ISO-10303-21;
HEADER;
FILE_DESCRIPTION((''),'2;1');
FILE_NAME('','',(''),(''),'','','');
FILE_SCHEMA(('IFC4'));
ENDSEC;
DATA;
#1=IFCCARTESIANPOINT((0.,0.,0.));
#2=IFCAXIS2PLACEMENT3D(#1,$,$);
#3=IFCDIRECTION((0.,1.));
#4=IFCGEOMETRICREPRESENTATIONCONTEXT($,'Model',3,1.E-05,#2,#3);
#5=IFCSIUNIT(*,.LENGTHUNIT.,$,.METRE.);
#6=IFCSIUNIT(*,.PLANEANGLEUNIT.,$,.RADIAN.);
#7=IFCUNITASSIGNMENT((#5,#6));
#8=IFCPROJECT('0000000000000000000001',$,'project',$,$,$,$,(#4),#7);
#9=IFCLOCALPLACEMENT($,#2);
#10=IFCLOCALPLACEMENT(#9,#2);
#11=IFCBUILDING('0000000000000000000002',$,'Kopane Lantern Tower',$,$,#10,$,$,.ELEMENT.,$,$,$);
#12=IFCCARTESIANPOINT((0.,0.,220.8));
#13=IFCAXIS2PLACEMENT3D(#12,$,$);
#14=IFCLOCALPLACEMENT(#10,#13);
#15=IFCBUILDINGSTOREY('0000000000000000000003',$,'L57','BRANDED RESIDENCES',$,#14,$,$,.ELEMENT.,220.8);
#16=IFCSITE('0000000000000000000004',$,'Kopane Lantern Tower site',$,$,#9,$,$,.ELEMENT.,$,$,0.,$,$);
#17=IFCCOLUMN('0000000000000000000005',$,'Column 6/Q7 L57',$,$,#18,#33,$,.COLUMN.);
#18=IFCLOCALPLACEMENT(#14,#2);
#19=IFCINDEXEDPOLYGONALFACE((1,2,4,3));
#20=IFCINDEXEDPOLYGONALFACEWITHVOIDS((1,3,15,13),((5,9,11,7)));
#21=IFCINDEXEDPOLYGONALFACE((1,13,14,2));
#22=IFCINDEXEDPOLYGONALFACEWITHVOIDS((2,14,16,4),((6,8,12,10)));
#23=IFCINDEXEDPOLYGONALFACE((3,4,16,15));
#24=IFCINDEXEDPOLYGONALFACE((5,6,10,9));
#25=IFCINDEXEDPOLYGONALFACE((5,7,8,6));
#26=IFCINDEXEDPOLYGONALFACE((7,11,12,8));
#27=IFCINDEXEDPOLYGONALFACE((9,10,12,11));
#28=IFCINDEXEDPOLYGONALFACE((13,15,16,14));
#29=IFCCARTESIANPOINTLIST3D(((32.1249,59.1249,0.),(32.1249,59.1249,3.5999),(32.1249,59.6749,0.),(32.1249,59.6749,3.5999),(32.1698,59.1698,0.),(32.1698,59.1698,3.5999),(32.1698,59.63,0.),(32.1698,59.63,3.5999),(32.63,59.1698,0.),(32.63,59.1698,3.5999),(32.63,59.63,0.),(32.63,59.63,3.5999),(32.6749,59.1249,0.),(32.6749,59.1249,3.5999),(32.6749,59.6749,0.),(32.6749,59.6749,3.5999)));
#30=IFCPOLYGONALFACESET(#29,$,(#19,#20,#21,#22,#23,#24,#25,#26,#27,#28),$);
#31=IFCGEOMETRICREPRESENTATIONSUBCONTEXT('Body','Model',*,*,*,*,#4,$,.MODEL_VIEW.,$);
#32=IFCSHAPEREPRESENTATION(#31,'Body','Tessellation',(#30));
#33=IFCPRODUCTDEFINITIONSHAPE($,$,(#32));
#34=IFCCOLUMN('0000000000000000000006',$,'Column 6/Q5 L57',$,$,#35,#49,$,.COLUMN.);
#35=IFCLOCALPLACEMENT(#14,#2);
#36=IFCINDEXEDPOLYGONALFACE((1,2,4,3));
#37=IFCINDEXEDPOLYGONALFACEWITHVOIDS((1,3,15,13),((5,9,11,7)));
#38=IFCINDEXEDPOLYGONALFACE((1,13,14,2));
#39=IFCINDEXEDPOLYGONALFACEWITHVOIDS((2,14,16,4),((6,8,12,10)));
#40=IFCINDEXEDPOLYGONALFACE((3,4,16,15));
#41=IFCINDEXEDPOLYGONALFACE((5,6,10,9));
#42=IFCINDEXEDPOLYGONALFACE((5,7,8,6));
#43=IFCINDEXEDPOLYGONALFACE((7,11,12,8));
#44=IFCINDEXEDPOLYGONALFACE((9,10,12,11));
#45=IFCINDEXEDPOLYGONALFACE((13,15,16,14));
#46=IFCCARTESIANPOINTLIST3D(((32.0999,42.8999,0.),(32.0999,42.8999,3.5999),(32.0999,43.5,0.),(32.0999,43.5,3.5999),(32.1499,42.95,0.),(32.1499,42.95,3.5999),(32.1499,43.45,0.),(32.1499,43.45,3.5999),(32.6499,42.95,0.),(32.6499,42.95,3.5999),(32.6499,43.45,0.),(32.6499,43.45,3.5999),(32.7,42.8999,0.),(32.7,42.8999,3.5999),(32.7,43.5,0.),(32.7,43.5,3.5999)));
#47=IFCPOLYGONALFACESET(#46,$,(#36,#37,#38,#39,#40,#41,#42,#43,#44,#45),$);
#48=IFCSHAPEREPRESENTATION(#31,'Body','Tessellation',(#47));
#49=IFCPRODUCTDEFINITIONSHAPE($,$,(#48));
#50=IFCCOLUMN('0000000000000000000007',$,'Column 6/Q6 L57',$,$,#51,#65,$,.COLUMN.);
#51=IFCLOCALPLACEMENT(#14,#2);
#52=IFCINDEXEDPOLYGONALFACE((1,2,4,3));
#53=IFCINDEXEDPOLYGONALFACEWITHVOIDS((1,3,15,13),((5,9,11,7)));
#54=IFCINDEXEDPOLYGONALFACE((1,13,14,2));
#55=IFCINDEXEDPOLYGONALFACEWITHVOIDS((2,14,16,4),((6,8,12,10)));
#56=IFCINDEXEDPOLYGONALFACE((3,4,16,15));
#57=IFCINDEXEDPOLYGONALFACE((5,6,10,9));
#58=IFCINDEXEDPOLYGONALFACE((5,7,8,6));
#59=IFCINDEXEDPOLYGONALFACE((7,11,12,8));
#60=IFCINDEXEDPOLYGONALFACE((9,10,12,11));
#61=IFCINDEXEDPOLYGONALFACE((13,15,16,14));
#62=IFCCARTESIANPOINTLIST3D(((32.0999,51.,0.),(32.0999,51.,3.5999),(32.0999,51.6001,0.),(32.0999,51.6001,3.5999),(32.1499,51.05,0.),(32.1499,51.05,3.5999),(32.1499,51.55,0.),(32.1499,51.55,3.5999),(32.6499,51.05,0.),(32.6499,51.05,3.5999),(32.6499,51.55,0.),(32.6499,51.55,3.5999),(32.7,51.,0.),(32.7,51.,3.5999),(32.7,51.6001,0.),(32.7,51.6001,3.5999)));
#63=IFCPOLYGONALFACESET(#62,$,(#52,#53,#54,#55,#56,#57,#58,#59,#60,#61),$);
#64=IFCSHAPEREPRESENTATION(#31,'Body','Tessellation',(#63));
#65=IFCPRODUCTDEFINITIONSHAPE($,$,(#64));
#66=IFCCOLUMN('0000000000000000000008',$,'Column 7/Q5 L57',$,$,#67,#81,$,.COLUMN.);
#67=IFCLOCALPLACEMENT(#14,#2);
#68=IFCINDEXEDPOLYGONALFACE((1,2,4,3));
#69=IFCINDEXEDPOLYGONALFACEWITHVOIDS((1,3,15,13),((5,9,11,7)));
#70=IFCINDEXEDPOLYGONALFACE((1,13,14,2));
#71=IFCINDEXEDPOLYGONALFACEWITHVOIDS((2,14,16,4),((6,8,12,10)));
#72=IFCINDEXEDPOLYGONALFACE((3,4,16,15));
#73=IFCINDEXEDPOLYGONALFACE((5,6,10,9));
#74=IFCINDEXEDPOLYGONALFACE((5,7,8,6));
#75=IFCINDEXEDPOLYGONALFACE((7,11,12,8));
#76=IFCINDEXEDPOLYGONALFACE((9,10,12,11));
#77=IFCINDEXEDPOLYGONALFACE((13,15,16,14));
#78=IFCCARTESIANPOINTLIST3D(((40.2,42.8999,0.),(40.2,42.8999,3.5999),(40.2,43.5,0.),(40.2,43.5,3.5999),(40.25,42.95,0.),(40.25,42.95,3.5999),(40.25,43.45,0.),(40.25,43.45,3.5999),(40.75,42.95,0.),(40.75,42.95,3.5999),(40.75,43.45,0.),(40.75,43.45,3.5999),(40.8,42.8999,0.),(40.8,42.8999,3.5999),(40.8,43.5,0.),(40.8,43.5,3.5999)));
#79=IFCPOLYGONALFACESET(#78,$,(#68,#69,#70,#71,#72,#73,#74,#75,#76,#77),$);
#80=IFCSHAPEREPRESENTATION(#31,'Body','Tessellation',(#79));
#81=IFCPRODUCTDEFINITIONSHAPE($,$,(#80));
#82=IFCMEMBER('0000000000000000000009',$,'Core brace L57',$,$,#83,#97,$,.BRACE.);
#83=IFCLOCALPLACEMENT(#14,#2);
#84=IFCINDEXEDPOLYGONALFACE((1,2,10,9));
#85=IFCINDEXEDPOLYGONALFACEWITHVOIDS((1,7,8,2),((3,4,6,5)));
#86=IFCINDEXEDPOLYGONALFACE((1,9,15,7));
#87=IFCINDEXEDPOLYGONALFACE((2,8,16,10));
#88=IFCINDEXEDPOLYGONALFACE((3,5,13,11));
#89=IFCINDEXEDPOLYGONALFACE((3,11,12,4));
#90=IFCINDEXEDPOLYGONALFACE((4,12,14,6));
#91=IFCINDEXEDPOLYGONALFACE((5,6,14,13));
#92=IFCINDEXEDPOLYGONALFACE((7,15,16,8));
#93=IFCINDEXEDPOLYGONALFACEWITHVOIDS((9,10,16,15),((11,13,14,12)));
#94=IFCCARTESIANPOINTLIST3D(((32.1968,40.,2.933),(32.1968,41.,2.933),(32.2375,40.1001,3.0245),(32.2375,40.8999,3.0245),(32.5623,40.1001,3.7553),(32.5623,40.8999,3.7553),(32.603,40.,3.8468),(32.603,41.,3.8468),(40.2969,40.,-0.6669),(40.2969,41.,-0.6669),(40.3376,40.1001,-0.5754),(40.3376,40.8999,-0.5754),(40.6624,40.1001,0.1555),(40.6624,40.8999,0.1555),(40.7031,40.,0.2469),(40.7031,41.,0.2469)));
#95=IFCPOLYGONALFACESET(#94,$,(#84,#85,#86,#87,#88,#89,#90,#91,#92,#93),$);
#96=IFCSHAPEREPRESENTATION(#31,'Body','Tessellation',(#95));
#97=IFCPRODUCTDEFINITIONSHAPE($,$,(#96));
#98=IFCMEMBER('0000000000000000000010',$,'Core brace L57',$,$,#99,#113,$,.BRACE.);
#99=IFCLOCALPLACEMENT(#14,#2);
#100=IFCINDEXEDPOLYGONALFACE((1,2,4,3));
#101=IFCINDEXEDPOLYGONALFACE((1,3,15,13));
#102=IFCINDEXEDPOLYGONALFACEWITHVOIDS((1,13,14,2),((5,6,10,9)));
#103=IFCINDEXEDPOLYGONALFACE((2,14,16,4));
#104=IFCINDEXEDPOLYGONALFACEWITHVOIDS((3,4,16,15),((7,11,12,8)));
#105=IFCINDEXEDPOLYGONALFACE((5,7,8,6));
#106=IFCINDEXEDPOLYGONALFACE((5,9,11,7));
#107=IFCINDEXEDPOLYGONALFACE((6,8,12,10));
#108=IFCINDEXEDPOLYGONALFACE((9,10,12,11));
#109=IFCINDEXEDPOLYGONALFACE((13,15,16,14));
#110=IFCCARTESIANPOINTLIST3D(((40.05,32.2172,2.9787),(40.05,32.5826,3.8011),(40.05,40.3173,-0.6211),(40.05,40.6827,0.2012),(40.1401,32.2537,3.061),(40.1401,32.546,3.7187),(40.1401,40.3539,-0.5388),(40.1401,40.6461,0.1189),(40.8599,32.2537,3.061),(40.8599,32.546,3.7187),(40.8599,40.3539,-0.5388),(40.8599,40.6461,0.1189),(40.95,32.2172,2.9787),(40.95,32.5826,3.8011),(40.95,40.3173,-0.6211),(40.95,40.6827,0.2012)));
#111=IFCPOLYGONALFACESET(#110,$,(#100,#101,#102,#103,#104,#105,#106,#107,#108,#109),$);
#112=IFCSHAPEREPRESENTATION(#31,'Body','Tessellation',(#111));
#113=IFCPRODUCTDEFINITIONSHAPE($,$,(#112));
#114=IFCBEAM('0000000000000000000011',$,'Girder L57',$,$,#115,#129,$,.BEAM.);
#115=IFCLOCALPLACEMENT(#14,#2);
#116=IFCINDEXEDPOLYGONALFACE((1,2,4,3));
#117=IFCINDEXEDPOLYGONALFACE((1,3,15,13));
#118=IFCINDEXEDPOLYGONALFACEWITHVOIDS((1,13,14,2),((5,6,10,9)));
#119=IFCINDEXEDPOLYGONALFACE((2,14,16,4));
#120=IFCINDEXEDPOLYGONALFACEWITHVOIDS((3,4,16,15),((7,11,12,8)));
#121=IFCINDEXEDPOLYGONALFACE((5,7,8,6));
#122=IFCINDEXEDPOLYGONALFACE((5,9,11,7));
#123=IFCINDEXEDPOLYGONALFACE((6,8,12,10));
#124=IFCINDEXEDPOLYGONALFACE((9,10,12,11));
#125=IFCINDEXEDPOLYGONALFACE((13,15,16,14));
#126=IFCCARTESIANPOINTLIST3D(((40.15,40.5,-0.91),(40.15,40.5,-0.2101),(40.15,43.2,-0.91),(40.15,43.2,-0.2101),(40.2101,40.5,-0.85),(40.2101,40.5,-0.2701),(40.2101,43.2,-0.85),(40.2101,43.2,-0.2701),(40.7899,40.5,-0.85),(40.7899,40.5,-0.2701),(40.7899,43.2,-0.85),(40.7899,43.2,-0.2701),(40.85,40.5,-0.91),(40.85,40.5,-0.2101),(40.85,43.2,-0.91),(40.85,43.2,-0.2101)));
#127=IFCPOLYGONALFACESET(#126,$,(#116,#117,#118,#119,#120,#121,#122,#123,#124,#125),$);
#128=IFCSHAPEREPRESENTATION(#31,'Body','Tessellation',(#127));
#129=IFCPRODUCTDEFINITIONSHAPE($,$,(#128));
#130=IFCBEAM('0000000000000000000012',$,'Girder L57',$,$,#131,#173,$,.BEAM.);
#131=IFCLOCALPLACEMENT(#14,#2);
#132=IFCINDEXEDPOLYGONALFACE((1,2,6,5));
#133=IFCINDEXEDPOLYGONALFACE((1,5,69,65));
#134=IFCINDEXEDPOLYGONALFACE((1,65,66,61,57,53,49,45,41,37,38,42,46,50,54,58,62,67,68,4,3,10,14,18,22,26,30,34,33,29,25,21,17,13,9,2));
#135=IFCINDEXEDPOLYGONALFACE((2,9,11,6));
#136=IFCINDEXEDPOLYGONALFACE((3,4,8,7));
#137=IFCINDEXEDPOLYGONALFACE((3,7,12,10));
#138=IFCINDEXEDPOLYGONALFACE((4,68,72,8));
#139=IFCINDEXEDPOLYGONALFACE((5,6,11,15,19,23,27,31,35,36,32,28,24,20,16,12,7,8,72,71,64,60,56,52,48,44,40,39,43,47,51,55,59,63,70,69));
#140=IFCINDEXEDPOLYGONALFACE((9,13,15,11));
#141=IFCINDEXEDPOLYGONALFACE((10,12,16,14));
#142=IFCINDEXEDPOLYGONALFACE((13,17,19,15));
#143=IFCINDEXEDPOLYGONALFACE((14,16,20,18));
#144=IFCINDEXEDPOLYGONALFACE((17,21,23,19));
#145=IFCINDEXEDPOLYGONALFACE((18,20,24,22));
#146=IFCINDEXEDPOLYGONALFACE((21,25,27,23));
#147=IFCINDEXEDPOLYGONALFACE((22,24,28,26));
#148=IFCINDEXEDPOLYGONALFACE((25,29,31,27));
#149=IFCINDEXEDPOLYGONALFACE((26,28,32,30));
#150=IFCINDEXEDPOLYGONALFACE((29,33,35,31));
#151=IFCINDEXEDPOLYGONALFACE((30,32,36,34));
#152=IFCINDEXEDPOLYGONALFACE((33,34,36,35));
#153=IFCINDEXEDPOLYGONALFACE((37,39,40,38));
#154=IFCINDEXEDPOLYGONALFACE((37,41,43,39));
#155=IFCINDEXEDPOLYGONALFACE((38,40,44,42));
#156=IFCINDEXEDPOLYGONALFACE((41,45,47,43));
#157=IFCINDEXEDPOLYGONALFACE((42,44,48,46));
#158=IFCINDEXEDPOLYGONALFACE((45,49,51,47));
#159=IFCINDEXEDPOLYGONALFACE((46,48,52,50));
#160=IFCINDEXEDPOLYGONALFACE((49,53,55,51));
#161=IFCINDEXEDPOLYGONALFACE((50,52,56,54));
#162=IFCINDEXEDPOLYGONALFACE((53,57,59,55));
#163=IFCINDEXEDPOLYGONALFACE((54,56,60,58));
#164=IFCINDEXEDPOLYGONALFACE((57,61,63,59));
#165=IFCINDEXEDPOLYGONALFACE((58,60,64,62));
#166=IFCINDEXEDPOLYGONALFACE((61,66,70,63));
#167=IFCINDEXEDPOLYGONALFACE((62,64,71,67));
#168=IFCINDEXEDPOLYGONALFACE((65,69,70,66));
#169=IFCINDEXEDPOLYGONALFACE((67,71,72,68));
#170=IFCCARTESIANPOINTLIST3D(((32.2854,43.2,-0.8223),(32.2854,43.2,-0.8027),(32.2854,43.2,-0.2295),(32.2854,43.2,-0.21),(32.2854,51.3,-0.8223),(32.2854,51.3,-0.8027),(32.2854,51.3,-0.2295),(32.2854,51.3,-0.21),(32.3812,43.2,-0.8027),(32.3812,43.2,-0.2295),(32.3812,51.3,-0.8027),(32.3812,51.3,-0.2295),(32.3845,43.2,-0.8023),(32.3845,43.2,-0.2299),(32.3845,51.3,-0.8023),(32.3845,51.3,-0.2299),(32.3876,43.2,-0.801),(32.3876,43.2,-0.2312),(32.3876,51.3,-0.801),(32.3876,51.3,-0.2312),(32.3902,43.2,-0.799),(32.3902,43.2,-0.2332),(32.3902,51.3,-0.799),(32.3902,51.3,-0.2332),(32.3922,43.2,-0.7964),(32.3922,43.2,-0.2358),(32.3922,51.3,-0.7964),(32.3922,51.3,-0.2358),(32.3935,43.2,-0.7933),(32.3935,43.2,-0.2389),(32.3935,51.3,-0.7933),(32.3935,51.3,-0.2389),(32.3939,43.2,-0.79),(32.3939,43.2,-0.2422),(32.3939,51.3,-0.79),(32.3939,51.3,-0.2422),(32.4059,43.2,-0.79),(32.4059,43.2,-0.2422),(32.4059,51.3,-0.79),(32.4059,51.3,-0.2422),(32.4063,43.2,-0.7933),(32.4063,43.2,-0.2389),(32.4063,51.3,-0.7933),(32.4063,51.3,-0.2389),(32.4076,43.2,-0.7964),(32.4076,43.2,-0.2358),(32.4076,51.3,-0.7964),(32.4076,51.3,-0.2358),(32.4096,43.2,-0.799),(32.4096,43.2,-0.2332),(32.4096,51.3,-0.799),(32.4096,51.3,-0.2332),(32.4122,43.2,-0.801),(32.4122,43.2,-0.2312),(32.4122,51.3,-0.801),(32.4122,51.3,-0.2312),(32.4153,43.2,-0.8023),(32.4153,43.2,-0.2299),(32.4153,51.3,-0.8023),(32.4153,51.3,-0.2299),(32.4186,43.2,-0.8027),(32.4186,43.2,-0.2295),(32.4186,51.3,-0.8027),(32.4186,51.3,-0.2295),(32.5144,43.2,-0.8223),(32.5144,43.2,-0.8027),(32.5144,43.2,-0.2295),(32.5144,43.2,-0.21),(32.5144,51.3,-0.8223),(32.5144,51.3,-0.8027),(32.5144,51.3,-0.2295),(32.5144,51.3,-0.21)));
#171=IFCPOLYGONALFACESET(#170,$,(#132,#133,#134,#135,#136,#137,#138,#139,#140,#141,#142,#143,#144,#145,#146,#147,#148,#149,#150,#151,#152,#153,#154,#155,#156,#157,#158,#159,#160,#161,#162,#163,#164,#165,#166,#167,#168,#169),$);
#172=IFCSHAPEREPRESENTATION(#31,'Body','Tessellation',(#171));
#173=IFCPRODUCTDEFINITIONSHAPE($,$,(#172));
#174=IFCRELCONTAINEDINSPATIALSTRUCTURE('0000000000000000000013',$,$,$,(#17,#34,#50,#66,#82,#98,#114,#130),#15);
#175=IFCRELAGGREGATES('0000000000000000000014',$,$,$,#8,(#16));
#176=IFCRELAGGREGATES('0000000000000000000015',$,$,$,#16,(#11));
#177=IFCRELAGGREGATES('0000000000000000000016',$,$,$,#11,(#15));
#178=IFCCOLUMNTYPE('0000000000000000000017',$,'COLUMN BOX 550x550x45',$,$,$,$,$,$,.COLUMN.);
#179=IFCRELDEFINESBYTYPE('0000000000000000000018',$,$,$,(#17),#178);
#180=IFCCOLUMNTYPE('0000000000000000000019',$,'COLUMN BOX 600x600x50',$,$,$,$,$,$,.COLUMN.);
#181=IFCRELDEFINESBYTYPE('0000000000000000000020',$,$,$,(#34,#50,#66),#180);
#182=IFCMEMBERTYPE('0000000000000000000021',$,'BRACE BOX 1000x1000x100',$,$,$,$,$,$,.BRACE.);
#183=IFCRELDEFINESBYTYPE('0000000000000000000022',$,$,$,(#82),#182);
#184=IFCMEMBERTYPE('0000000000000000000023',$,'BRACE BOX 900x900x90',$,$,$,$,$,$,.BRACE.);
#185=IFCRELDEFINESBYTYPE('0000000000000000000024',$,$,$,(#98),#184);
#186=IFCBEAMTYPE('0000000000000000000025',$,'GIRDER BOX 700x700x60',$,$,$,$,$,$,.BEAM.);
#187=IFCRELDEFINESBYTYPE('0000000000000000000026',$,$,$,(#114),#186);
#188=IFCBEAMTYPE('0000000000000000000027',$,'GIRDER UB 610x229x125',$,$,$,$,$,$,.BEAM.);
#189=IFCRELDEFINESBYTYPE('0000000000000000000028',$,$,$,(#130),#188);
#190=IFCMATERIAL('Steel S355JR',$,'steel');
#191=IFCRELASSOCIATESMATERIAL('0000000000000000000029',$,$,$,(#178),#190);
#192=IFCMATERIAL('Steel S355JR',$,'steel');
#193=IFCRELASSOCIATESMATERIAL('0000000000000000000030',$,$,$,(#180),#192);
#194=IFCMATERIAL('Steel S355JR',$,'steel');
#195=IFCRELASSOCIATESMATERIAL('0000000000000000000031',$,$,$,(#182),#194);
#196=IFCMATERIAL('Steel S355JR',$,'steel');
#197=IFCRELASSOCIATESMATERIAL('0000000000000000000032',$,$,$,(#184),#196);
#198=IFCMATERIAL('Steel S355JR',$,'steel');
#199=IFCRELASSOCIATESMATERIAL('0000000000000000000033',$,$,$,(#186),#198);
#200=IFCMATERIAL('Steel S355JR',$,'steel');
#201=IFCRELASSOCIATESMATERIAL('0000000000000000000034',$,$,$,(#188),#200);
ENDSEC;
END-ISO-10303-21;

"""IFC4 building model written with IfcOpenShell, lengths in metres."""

from ifc_helpers import new_model, si_unit, direction, frame, origin, origin_2d, place, context, subcontext, project, spatial, hollow_rectangle, i_section, extrude, material, material_profile, profile_set, type_object, element, save


model = new_model("IFC4")

# Units and contexts
model_context = context("Model", 3, precision=1e-05, world=origin(), true_north=direction((0.0, 1.0)))
body_context = subcontext(model_context, "Body", "Model", "MODEL_VIEW")
ifc_project = project(units=[si_unit("LENGTHUNIT", "METRE"), si_unit("PLANEANGLEUNIT", "RADIAN")], contexts=[model_context])

# Site, building, storey
site_placement = place(None, origin())
site = spatial("IfcSite", under=ifc_project, at=site_placement, Name="Kopane Lantern Tower site", CompositionType="ELEMENT", RefElevation=0.0)
building_placement = place(site_placement, origin())
building = spatial("IfcBuilding", under=site, at=building_placement, Name="Kopane Lantern Tower", CompositionType="ELEMENT")
storey_placement = place(building_placement, frame((0.0, 0.0, 220.8)))
storey = spatial("IfcBuildingStorey", under=building, at=storey_placement, Name="L57", Description="BRANDED RESIDENCES", CompositionType="ELEMENT", Elevation=220.8)

# Columns
ifc_material_1 = material(Name="Steel S355JR", Category="steel")
ifc_material_profile_1 = material_profile(ifc_material_1, hollow_rectangle(XDim=0.55, YDim=0.55, WallThickness=0.0449, at=origin_2d()), Name="BOX 550x550x45")
ifc_profile_set_1 = profile_set([ifc_material_profile_1], Name="Steel S355JR")
column_type_1 = type_object("IfcColumnType", Name="COLUMN BOX 550x550x45", PredefinedType="COLUMN", material=ifc_profile_set_1)
column_placement = place(storey_placement, frame((32.3999, 59.3999, 0.0), z_axis=(0.0, 0.0, 1.0), x_axis=(1.0, 0.0, 0.0)))
element("IfcColumn", 1, at=column_placement, inside=storey, type_object=column_type_1, Name="Column 6/Q7 L57", PredefinedType="COLUMN", context=body_context, shape_type="SweptSolid", body=[
    extrude(hollow_rectangle(XDim=0.55, YDim=0.55, WallThickness=0.0449, at=origin_2d()), origin(), (0.0, 0.0, 1.0), 3.5999),
])
ifc_material_2 = material(Name="Steel S355JR", Category="steel")
ifc_material_profile_2 = material_profile(ifc_material_2, hollow_rectangle(XDim=0.6001, YDim=0.6001, WallThickness=0.05, at=origin_2d()), Name="BOX 600x600x50")
ifc_profile_set_2 = profile_set([ifc_material_profile_2], Name="Steel S355JR")
column_type_2 = type_object("IfcColumnType", Name="COLUMN BOX 600x600x50", PredefinedType="COLUMN", material=ifc_profile_set_2)
for number, where, z_axis, x_axis, name in (
    (2, (32.3999, 43.2, 0.0), (0.0, 0.0, 1.0), (1.0, 0.0, 0.0), "Column 6/Q5 L57"),
    (3, (32.3999, 51.3, 0.0), (0.0, 0.0, 1.0), (1.0, 0.0, 0.0), "Column 6/Q6 L57"),
    (4, (40.5, 43.2, 0.0), (0.0, 0.0, 1.0), (1.0, 0.0, 0.0), "Column 7/Q5 L57"),
):
    element("IfcColumn", number, at=place(storey_placement, frame(where, z_axis=z_axis, x_axis=x_axis)), inside=storey, type_object=column_type_2, Name=name, PredefinedType="COLUMN", context=body_context, shape_type="SweptSolid", body=[
        extrude(hollow_rectangle(XDim=0.6001, YDim=0.6001, WallThickness=0.05, at=origin_2d()), origin(), (0.0, 0.0, 1.0), 3.5999),
    ])

# Members
ifc_material_3 = material(Name="Steel S355JR", Category="steel")
ifc_material_profile_3 = material_profile(ifc_material_3, hollow_rectangle(XDim=1.0, YDim=1.0, WallThickness=0.1001, at=origin_2d()), Name="BOX 1000x1000x100")
ifc_profile_set_3 = profile_set([ifc_material_profile_3], Name="Steel S355JR")
member_type_1 = type_object("IfcMemberType", Name="BRACE BOX 1000x1000x100", PredefinedType="BRACE", material=ifc_profile_set_3)
member_1_placement = place(storey_placement, frame((40.5, 40.5, -0.21), z_axis=(-0.913819, 0.0, 0.406121), x_axis=(0.0, -1.0, 0.0)))
element("IfcMember", 5, at=member_1_placement, inside=storey, type_object=member_type_1, Name="Core brace L57", PredefinedType="BRACE", context=body_context, shape_type="SweptSolid", body=[
    extrude(hollow_rectangle(XDim=1.0, YDim=1.0, WallThickness=0.1001, at=origin_2d()), origin(), (0.0, 0.0, 1.0), 8.864),
])
ifc_material_4 = material(Name="Steel S355JR", Category="steel")
ifc_material_profile_4 = material_profile(ifc_material_4, hollow_rectangle(XDim=0.8999, YDim=0.8999, WallThickness=0.0901, at=origin_2d()), Name="BOX 900x900x90")
ifc_profile_set_4 = profile_set([ifc_material_profile_4], Name="Steel S355JR")
member_type_2 = type_object("IfcMemberType", Name="BRACE BOX 900x900x90", PredefinedType="BRACE", material=ifc_profile_set_4)
member_2_placement = place(storey_placement, frame((40.5, 40.5, -0.21), z_axis=(0.0, -0.913819, 0.406121), x_axis=(1.0, 0.0, 0.0)))
element("IfcMember", 6, at=member_2_placement, inside=storey, type_object=member_type_2, Name="Core brace L57", PredefinedType="BRACE", context=body_context, shape_type="SweptSolid", body=[
    extrude(hollow_rectangle(XDim=0.8999, YDim=0.8999, WallThickness=0.0901, at=origin_2d()), origin(), (0.0, 0.0, 1.0), 8.864),
])

# Beams
ifc_material_5 = material(Name="Steel S355JR", Category="steel")
ifc_material_profile_5 = material_profile(ifc_material_5, hollow_rectangle(XDim=0.7, YDim=0.7, WallThickness=0.0601, at=origin_2d()), Name="BOX 700x700x60")
ifc_profile_set_5 = profile_set([ifc_material_profile_5], Name="Steel S355JR")
beam_type_1 = type_object("IfcBeamType", Name="GIRDER BOX 700x700x60", PredefinedType="BEAM", material=ifc_profile_set_5)
beam_1_placement = place(storey_placement, frame((40.5, 40.5, -0.5601), z_axis=(0.0, 1.0, 0.0), x_axis=(-1.0, 0.0, 0.0)))
element("IfcBeam", 7, at=beam_1_placement, inside=storey, type_object=beam_type_1, Name="Girder L57", PredefinedType="BEAM", context=body_context, shape_type="SweptSolid", body=[
    extrude(hollow_rectangle(XDim=0.7, YDim=0.7, WallThickness=0.0601, at=origin_2d()), origin(), (0.0, 0.0, 1.0), 2.7),
])
ifc_material_6 = material(Name="Steel S355JR", Category="steel")
ifc_material_profile_6 = material_profile(ifc_material_6, i_section(OverallWidth=0.229, OverallDepth=0.6123, WebThickness=0.012, FlangeThickness=0.0195, FilletRadius=0.0127, at=origin_2d()), Name="UB 610x229x125")
ifc_profile_set_6 = profile_set([ifc_material_profile_6], Name="Steel S355JR")
beam_type_2 = type_object("IfcBeamType", Name="GIRDER UB 610x229x125", PredefinedType="BEAM", material=ifc_profile_set_6)
for number, where, z_axis, x_axis, name in (
    (8, (32.3999, 43.2, -0.5161), (0.0, 1.0, 0.0), (-1.0, 0.0, 0.0), "Girder L57"),
):
    element("IfcBeam", number, at=place(storey_placement, frame(where, z_axis=z_axis, x_axis=x_axis)), inside=storey, type_object=beam_type_2, Name=name, PredefinedType="BEAM", context=body_context, shape_type="SweptSolid", body=[
        extrude(i_section(OverallWidth=0.229, OverallDepth=0.6123, WebThickness=0.012, FlangeThickness=0.0195, FilletRadius=0.0127, at=origin_2d()), origin(), (0.0, 0.0, 1.0), 8.1001),
    ])

save(model, "model.ifc")
